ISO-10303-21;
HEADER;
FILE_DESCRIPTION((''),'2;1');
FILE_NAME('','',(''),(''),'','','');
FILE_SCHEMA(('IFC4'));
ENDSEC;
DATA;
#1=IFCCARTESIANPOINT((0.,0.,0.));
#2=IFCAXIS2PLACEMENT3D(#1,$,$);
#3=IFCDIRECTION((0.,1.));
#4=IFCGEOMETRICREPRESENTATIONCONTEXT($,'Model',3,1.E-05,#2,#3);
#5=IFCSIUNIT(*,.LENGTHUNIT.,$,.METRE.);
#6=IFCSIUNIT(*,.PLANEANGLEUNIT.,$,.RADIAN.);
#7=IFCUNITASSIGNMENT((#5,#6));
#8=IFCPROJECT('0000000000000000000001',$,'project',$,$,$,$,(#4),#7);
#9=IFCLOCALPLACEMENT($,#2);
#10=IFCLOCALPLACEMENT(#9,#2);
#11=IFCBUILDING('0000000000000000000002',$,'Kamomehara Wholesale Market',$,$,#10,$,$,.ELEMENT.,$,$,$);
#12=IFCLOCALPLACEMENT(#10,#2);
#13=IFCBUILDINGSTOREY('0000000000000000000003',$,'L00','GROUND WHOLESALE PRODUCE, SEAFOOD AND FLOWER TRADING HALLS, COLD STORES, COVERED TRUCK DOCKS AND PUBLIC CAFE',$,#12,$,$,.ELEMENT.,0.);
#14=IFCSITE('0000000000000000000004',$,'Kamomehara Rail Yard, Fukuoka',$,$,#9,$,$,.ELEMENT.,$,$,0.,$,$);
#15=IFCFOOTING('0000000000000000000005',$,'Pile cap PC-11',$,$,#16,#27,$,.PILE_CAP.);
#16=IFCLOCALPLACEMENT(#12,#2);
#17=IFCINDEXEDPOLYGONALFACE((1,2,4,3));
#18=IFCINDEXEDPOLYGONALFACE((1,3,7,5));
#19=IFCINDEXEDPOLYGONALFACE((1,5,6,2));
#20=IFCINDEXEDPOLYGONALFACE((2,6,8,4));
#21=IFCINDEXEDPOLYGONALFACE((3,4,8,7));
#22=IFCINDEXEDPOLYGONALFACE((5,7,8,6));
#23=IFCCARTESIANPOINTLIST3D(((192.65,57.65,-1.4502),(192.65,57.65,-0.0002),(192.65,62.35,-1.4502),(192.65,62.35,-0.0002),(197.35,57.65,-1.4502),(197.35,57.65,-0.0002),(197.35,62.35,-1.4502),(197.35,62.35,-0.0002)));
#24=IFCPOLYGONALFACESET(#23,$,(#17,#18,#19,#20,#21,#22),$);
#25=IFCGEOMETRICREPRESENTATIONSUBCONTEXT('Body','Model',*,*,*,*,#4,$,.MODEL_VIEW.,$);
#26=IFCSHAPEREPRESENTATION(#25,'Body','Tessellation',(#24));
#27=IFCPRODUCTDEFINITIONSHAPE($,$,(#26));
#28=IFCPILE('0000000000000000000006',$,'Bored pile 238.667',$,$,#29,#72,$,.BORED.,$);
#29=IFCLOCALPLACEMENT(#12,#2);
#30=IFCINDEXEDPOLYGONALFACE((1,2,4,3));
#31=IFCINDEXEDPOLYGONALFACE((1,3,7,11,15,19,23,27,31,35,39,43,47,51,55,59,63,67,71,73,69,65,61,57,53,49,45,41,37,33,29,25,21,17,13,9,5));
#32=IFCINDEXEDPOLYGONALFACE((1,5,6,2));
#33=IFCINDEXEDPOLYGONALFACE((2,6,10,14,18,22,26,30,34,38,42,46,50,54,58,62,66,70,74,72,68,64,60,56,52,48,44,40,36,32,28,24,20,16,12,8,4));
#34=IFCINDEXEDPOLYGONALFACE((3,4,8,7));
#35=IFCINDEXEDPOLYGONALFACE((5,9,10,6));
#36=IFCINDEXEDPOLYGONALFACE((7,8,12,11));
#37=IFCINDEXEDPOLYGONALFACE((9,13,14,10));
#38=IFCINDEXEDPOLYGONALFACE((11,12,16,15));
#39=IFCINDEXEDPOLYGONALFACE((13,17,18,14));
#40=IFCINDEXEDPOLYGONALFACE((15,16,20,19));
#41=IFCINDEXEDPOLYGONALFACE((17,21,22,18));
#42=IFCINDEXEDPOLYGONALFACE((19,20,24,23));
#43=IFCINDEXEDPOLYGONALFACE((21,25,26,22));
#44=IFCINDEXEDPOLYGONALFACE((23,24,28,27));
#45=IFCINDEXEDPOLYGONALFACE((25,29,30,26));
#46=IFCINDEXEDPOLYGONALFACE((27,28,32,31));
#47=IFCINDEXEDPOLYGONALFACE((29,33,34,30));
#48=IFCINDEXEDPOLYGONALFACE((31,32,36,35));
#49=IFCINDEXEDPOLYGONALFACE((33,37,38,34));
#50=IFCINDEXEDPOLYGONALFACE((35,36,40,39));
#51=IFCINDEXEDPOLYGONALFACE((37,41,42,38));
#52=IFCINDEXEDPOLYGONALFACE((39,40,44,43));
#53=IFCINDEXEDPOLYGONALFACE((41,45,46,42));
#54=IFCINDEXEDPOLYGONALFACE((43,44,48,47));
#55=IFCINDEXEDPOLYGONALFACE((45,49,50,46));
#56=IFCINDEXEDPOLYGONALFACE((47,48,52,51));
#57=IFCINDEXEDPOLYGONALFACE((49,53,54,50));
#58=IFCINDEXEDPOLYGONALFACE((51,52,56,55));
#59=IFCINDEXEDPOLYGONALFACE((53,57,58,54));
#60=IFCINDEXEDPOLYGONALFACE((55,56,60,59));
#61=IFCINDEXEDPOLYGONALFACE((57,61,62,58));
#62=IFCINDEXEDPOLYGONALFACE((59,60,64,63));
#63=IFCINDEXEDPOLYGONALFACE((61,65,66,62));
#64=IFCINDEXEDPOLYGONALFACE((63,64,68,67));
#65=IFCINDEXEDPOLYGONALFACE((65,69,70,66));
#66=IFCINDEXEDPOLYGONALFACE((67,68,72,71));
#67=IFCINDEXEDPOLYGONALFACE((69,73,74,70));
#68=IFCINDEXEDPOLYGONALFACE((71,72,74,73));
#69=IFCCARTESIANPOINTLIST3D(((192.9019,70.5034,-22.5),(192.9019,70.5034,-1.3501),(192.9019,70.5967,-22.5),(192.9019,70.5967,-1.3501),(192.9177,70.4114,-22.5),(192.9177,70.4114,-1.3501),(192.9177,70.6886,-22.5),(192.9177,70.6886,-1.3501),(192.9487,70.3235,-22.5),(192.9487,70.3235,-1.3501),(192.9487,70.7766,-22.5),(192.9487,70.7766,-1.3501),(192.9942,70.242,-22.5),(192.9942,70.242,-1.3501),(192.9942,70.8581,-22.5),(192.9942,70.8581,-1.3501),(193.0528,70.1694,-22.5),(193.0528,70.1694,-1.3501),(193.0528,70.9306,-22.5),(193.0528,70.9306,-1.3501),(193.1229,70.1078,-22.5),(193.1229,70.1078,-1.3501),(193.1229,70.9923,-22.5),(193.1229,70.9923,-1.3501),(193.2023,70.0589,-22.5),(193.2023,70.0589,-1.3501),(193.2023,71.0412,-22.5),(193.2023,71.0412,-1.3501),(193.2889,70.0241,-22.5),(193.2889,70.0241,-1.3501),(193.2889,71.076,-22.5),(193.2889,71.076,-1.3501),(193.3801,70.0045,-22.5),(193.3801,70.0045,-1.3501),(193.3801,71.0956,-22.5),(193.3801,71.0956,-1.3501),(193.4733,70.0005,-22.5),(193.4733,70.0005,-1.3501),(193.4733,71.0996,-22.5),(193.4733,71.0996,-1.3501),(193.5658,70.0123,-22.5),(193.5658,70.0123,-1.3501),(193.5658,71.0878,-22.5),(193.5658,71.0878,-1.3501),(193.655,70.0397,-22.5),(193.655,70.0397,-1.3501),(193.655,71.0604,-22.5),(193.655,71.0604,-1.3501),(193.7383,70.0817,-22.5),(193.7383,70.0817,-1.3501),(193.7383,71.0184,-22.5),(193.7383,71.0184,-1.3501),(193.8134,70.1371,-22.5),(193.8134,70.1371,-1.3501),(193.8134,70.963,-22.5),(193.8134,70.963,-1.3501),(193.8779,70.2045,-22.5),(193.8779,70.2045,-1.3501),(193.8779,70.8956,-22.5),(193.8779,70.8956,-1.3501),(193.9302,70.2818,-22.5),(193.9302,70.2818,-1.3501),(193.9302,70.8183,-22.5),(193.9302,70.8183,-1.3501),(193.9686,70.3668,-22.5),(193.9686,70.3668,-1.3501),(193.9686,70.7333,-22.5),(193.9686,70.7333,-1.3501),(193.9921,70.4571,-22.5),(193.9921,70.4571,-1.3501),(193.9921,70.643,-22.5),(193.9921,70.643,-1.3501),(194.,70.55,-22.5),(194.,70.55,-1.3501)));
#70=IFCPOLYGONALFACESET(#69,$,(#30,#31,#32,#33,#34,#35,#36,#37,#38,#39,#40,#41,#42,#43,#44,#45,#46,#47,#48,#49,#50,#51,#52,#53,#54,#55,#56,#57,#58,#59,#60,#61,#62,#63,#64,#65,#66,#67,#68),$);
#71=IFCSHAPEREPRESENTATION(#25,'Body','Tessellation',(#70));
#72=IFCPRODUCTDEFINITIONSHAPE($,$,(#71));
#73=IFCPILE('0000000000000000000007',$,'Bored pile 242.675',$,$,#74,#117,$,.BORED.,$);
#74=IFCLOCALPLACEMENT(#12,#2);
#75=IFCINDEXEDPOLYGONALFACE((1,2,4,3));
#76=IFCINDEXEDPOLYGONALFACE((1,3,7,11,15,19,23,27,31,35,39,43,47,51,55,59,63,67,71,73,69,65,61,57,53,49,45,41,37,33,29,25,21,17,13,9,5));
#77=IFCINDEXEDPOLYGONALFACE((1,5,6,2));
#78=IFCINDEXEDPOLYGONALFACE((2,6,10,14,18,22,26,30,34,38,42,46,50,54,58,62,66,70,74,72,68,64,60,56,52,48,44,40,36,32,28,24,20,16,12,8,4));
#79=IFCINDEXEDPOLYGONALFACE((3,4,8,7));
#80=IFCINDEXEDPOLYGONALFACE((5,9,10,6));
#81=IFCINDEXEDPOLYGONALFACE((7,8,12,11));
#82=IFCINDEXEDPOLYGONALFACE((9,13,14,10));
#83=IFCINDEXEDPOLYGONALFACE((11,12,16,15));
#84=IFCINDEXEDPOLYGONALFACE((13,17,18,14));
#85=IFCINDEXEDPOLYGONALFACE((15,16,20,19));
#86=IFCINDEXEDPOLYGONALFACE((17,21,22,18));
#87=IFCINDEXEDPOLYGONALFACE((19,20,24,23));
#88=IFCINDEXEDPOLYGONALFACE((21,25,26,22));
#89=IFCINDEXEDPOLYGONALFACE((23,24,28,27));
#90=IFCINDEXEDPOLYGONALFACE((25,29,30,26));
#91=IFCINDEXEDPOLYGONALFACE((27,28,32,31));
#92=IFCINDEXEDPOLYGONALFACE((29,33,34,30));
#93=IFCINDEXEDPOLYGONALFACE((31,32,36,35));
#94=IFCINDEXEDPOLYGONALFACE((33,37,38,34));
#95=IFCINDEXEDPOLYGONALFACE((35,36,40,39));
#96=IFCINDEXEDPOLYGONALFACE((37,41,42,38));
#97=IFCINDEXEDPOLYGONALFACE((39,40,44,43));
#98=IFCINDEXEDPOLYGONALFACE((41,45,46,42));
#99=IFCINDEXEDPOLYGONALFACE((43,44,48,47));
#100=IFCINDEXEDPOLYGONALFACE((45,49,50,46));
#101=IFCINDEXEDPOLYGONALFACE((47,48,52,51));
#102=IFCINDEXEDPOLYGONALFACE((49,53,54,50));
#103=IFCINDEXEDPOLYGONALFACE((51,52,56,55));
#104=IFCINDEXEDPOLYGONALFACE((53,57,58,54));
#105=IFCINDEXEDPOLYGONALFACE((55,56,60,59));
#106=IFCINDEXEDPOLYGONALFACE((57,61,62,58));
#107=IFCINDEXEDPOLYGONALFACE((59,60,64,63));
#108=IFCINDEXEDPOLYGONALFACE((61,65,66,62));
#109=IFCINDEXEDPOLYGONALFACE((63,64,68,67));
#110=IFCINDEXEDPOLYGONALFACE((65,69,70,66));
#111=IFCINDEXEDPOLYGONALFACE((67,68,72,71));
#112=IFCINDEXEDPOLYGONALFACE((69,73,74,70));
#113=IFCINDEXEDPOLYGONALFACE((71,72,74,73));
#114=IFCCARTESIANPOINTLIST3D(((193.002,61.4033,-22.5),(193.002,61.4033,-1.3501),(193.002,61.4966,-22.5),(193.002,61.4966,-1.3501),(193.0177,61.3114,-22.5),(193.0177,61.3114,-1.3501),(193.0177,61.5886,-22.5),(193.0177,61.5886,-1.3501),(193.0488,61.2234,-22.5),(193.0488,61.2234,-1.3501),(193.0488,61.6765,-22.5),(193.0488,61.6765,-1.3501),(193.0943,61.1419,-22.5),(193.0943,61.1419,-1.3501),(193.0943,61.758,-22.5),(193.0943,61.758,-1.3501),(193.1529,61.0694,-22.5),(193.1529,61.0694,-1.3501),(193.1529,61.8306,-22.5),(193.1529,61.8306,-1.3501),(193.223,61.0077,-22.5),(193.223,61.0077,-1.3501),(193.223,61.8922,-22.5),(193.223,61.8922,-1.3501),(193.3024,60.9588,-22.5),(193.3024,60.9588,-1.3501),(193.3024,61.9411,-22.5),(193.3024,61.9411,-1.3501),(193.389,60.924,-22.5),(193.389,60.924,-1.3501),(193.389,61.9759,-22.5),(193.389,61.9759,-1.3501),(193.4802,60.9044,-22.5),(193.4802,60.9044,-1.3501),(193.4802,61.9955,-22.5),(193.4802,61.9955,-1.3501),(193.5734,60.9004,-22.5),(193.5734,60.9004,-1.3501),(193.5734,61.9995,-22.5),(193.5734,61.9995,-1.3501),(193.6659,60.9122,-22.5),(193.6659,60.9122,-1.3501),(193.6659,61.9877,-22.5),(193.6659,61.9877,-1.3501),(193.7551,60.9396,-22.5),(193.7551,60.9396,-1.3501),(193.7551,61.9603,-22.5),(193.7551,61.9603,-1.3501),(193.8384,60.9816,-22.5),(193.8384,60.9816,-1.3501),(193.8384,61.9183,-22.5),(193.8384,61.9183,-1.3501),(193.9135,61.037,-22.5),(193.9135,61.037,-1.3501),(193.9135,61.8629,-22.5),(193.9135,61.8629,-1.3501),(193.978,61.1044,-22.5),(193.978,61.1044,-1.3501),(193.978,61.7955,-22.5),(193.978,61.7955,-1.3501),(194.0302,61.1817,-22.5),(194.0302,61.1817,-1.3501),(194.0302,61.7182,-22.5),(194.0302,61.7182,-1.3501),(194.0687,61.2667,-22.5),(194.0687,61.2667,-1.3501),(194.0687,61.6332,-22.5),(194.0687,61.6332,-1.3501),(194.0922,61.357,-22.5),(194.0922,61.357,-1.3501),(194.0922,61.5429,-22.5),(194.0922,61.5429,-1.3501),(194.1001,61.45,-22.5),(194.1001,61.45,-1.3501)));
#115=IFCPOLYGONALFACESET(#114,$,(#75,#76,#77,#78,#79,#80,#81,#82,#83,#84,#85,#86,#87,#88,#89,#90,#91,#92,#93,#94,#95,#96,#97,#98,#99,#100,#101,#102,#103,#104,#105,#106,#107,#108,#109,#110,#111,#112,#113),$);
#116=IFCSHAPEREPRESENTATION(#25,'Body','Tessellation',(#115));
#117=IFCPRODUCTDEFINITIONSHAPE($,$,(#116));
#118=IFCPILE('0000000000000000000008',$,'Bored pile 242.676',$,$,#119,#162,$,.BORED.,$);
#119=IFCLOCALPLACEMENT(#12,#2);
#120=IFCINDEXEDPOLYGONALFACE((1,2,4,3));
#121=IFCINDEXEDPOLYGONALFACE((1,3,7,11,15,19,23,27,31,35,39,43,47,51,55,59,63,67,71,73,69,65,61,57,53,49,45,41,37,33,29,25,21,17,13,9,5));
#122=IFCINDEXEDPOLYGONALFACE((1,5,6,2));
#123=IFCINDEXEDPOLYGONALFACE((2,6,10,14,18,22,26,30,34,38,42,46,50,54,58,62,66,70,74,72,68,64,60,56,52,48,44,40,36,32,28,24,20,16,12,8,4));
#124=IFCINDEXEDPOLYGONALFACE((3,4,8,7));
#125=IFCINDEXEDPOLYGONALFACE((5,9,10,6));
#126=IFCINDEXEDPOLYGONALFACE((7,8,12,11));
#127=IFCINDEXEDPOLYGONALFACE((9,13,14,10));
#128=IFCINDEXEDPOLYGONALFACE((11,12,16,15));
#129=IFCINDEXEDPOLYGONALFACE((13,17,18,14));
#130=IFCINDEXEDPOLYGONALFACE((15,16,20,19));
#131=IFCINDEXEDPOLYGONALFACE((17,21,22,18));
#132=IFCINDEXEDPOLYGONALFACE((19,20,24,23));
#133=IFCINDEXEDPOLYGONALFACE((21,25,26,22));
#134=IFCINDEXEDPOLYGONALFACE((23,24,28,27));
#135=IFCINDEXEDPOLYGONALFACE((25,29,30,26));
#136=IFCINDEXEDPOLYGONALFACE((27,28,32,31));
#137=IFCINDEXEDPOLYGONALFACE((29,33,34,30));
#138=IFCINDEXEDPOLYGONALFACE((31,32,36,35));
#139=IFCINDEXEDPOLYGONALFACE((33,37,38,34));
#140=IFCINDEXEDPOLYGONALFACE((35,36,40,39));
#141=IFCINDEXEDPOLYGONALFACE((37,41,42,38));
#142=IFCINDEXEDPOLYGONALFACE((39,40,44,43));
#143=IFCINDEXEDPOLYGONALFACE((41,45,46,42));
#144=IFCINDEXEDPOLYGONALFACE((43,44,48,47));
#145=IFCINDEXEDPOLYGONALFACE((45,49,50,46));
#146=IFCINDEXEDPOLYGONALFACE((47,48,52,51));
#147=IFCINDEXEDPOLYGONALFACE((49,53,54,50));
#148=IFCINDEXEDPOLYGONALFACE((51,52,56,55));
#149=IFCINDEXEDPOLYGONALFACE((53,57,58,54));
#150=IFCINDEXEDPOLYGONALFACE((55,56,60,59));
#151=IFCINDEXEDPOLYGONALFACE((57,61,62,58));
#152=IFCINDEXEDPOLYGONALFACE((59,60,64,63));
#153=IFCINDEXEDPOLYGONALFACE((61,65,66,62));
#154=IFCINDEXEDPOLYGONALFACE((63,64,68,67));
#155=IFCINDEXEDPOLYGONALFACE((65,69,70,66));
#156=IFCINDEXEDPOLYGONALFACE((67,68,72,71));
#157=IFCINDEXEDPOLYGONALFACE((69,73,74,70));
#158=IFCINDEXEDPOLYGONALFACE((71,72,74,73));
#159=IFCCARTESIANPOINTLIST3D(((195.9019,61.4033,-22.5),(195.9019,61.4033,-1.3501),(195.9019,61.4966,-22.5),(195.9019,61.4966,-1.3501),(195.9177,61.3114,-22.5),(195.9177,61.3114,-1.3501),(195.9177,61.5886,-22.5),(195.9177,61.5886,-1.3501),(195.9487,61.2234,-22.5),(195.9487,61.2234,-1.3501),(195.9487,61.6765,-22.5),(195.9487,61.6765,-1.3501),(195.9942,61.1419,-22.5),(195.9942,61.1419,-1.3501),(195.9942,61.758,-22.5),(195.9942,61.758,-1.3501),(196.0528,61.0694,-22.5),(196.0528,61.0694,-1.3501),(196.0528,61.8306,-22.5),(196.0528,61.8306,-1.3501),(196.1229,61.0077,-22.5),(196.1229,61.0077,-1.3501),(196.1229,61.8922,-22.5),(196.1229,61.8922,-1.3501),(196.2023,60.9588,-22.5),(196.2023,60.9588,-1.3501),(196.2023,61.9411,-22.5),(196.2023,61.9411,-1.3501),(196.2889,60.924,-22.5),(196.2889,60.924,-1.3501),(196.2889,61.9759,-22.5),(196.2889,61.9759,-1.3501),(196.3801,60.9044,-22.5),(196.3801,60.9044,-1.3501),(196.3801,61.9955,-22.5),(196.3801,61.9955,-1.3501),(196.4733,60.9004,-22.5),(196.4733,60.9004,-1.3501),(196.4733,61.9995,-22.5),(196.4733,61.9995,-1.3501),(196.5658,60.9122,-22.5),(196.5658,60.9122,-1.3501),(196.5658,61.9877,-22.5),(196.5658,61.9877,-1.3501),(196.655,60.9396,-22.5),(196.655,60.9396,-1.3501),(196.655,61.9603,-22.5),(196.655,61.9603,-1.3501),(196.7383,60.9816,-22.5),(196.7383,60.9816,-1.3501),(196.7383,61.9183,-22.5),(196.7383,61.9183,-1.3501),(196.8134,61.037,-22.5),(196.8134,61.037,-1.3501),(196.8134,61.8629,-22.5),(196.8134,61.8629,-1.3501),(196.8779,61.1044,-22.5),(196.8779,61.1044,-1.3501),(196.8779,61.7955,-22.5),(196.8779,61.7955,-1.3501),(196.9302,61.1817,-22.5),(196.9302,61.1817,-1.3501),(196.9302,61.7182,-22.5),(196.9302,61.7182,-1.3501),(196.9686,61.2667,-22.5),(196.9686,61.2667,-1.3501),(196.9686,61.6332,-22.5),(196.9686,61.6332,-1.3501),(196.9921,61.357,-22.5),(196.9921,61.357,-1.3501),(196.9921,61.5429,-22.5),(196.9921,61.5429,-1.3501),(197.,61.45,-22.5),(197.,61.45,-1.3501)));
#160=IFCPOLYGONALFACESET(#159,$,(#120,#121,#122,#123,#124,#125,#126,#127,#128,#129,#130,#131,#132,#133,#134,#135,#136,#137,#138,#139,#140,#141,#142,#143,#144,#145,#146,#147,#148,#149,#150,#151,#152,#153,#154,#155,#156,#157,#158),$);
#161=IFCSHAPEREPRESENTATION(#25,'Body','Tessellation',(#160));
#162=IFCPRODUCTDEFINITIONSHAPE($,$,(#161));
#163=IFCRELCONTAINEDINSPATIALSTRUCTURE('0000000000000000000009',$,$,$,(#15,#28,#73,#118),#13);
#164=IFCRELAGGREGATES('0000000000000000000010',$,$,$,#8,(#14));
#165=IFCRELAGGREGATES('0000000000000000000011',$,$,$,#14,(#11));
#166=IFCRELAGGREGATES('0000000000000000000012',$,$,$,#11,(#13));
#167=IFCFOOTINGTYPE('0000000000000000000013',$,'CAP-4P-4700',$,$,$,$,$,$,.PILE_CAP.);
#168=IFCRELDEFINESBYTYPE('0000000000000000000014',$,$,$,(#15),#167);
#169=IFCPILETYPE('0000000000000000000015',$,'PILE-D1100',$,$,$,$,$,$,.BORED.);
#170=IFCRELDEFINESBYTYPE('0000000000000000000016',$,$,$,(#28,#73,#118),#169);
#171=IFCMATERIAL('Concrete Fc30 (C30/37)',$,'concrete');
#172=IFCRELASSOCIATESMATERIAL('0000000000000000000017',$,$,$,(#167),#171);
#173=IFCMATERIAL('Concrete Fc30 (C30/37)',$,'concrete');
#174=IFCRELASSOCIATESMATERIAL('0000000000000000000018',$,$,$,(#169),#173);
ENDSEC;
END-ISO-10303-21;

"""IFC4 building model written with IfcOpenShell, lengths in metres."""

from ifc_helpers import new_model, si_unit, direction, frame, origin, origin_2d, place, context, subcontext, project, spatial, rectangle, circle, extrude, material, material_profile, profile_set, type_object, element, save


model = new_model("IFC4")

# Units and contexts
model_context = context("Model", 3, precision=1e-05, world=origin(), true_north=direction((0.0, 1.0)))
body_context = subcontext(model_context, "Body", "Model", "MODEL_VIEW")
ifc_project = project(units=[si_unit("LENGTHUNIT", "METRE"), si_unit("PLANEANGLEUNIT", "RADIAN")], contexts=[model_context])

# Site, building, storey
site_placement = place(None, origin())
site = spatial("IfcSite", under=ifc_project, at=site_placement, Name="Kamomehara Rail Yard, Fukuoka", CompositionType="ELEMENT", RefElevation=0.0)
building_placement = place(site_placement, origin())
building = spatial("IfcBuilding", under=site, at=building_placement, Name="Kamomehara Wholesale Market", CompositionType="ELEMENT")
storey_placement = place(building_placement, origin())
storey = spatial("IfcBuildingStorey", under=building, at=storey_placement, Name="L00", Description="GROUND WHOLESALE PRODUCE, SEAFOOD AND FLOWER TRADING HALLS, COLD STORES, COVERED TRUCK DOCKS AND PUBLIC CAFE", CompositionType="ELEMENT", Elevation=0.0)

# Footing
ifc_material_1 = material(Name="Concrete Fc30 (C30/37)", Category="concrete")
footing_type = type_object("IfcFootingType", Name="CAP-4P-4700", PredefinedType="PILE_CAP", material=ifc_material_1)
footing_placement = place(storey_placement, frame((195.0, 60.0, -1.4502), z_axis=(0.0, 0.0, 1.0), x_axis=(1.0, 0.0, 0.0)))
element("IfcFooting", 1, at=footing_placement, inside=storey, type_object=footing_type, Name="Pile cap PC-11", PredefinedType="PILE_CAP", context=body_context, shape_type="SweptSolid", body=[
    extrude(rectangle(XDim=4.7, YDim=4.7, at=origin_2d()), origin(), (0.0, 0.0, 1.0), 1.45),
])

# Piles
ifc_material_2 = material(Name="Concrete Fc30 (C30/37)", Category="concrete")
ifc_material_profile_1 = material_profile(ifc_material_2, circle(Radius=0.55, at=origin_2d()), Name="RC-PILE-D1100")
ifc_profile_set_1 = profile_set([ifc_material_profile_1], Name="Concrete Fc30 (C30/37)")
pile_type = type_object("IfcPileType", Name="PILE-D1100", PredefinedType="BORED", material=ifc_profile_set_1)
for number, where, z_axis, x_axis, name in (
    (2, (193.45, 70.55, -1.3501), (0.0, 0.0, -1.0), (1.0, 0.0, 0.0), "Bored pile 238.667"),
    (3, (193.55, 61.45, -1.3501), (0.0, 0.0, -1.0), (1.0, 0.0, 0.0), "Bored pile 242.675"),
    (4, (196.45, 61.45, -1.3501), (0.0, 0.0, -1.0), (1.0, 0.0, 0.0), "Bored pile 242.676"),
):
    element("IfcPile", number, at=place(storey_placement, frame(where, z_axis=z_axis, x_axis=x_axis)), inside=storey, type_object=pile_type, Name=name, PredefinedType="BORED", context=body_context, shape_type="SweptSolid", body=[
        extrude(circle(Radius=0.55, at=origin_2d()), origin(), (0.0, 0.0, 1.0), 21.1499),
    ])

save(model, "model.ifc")
